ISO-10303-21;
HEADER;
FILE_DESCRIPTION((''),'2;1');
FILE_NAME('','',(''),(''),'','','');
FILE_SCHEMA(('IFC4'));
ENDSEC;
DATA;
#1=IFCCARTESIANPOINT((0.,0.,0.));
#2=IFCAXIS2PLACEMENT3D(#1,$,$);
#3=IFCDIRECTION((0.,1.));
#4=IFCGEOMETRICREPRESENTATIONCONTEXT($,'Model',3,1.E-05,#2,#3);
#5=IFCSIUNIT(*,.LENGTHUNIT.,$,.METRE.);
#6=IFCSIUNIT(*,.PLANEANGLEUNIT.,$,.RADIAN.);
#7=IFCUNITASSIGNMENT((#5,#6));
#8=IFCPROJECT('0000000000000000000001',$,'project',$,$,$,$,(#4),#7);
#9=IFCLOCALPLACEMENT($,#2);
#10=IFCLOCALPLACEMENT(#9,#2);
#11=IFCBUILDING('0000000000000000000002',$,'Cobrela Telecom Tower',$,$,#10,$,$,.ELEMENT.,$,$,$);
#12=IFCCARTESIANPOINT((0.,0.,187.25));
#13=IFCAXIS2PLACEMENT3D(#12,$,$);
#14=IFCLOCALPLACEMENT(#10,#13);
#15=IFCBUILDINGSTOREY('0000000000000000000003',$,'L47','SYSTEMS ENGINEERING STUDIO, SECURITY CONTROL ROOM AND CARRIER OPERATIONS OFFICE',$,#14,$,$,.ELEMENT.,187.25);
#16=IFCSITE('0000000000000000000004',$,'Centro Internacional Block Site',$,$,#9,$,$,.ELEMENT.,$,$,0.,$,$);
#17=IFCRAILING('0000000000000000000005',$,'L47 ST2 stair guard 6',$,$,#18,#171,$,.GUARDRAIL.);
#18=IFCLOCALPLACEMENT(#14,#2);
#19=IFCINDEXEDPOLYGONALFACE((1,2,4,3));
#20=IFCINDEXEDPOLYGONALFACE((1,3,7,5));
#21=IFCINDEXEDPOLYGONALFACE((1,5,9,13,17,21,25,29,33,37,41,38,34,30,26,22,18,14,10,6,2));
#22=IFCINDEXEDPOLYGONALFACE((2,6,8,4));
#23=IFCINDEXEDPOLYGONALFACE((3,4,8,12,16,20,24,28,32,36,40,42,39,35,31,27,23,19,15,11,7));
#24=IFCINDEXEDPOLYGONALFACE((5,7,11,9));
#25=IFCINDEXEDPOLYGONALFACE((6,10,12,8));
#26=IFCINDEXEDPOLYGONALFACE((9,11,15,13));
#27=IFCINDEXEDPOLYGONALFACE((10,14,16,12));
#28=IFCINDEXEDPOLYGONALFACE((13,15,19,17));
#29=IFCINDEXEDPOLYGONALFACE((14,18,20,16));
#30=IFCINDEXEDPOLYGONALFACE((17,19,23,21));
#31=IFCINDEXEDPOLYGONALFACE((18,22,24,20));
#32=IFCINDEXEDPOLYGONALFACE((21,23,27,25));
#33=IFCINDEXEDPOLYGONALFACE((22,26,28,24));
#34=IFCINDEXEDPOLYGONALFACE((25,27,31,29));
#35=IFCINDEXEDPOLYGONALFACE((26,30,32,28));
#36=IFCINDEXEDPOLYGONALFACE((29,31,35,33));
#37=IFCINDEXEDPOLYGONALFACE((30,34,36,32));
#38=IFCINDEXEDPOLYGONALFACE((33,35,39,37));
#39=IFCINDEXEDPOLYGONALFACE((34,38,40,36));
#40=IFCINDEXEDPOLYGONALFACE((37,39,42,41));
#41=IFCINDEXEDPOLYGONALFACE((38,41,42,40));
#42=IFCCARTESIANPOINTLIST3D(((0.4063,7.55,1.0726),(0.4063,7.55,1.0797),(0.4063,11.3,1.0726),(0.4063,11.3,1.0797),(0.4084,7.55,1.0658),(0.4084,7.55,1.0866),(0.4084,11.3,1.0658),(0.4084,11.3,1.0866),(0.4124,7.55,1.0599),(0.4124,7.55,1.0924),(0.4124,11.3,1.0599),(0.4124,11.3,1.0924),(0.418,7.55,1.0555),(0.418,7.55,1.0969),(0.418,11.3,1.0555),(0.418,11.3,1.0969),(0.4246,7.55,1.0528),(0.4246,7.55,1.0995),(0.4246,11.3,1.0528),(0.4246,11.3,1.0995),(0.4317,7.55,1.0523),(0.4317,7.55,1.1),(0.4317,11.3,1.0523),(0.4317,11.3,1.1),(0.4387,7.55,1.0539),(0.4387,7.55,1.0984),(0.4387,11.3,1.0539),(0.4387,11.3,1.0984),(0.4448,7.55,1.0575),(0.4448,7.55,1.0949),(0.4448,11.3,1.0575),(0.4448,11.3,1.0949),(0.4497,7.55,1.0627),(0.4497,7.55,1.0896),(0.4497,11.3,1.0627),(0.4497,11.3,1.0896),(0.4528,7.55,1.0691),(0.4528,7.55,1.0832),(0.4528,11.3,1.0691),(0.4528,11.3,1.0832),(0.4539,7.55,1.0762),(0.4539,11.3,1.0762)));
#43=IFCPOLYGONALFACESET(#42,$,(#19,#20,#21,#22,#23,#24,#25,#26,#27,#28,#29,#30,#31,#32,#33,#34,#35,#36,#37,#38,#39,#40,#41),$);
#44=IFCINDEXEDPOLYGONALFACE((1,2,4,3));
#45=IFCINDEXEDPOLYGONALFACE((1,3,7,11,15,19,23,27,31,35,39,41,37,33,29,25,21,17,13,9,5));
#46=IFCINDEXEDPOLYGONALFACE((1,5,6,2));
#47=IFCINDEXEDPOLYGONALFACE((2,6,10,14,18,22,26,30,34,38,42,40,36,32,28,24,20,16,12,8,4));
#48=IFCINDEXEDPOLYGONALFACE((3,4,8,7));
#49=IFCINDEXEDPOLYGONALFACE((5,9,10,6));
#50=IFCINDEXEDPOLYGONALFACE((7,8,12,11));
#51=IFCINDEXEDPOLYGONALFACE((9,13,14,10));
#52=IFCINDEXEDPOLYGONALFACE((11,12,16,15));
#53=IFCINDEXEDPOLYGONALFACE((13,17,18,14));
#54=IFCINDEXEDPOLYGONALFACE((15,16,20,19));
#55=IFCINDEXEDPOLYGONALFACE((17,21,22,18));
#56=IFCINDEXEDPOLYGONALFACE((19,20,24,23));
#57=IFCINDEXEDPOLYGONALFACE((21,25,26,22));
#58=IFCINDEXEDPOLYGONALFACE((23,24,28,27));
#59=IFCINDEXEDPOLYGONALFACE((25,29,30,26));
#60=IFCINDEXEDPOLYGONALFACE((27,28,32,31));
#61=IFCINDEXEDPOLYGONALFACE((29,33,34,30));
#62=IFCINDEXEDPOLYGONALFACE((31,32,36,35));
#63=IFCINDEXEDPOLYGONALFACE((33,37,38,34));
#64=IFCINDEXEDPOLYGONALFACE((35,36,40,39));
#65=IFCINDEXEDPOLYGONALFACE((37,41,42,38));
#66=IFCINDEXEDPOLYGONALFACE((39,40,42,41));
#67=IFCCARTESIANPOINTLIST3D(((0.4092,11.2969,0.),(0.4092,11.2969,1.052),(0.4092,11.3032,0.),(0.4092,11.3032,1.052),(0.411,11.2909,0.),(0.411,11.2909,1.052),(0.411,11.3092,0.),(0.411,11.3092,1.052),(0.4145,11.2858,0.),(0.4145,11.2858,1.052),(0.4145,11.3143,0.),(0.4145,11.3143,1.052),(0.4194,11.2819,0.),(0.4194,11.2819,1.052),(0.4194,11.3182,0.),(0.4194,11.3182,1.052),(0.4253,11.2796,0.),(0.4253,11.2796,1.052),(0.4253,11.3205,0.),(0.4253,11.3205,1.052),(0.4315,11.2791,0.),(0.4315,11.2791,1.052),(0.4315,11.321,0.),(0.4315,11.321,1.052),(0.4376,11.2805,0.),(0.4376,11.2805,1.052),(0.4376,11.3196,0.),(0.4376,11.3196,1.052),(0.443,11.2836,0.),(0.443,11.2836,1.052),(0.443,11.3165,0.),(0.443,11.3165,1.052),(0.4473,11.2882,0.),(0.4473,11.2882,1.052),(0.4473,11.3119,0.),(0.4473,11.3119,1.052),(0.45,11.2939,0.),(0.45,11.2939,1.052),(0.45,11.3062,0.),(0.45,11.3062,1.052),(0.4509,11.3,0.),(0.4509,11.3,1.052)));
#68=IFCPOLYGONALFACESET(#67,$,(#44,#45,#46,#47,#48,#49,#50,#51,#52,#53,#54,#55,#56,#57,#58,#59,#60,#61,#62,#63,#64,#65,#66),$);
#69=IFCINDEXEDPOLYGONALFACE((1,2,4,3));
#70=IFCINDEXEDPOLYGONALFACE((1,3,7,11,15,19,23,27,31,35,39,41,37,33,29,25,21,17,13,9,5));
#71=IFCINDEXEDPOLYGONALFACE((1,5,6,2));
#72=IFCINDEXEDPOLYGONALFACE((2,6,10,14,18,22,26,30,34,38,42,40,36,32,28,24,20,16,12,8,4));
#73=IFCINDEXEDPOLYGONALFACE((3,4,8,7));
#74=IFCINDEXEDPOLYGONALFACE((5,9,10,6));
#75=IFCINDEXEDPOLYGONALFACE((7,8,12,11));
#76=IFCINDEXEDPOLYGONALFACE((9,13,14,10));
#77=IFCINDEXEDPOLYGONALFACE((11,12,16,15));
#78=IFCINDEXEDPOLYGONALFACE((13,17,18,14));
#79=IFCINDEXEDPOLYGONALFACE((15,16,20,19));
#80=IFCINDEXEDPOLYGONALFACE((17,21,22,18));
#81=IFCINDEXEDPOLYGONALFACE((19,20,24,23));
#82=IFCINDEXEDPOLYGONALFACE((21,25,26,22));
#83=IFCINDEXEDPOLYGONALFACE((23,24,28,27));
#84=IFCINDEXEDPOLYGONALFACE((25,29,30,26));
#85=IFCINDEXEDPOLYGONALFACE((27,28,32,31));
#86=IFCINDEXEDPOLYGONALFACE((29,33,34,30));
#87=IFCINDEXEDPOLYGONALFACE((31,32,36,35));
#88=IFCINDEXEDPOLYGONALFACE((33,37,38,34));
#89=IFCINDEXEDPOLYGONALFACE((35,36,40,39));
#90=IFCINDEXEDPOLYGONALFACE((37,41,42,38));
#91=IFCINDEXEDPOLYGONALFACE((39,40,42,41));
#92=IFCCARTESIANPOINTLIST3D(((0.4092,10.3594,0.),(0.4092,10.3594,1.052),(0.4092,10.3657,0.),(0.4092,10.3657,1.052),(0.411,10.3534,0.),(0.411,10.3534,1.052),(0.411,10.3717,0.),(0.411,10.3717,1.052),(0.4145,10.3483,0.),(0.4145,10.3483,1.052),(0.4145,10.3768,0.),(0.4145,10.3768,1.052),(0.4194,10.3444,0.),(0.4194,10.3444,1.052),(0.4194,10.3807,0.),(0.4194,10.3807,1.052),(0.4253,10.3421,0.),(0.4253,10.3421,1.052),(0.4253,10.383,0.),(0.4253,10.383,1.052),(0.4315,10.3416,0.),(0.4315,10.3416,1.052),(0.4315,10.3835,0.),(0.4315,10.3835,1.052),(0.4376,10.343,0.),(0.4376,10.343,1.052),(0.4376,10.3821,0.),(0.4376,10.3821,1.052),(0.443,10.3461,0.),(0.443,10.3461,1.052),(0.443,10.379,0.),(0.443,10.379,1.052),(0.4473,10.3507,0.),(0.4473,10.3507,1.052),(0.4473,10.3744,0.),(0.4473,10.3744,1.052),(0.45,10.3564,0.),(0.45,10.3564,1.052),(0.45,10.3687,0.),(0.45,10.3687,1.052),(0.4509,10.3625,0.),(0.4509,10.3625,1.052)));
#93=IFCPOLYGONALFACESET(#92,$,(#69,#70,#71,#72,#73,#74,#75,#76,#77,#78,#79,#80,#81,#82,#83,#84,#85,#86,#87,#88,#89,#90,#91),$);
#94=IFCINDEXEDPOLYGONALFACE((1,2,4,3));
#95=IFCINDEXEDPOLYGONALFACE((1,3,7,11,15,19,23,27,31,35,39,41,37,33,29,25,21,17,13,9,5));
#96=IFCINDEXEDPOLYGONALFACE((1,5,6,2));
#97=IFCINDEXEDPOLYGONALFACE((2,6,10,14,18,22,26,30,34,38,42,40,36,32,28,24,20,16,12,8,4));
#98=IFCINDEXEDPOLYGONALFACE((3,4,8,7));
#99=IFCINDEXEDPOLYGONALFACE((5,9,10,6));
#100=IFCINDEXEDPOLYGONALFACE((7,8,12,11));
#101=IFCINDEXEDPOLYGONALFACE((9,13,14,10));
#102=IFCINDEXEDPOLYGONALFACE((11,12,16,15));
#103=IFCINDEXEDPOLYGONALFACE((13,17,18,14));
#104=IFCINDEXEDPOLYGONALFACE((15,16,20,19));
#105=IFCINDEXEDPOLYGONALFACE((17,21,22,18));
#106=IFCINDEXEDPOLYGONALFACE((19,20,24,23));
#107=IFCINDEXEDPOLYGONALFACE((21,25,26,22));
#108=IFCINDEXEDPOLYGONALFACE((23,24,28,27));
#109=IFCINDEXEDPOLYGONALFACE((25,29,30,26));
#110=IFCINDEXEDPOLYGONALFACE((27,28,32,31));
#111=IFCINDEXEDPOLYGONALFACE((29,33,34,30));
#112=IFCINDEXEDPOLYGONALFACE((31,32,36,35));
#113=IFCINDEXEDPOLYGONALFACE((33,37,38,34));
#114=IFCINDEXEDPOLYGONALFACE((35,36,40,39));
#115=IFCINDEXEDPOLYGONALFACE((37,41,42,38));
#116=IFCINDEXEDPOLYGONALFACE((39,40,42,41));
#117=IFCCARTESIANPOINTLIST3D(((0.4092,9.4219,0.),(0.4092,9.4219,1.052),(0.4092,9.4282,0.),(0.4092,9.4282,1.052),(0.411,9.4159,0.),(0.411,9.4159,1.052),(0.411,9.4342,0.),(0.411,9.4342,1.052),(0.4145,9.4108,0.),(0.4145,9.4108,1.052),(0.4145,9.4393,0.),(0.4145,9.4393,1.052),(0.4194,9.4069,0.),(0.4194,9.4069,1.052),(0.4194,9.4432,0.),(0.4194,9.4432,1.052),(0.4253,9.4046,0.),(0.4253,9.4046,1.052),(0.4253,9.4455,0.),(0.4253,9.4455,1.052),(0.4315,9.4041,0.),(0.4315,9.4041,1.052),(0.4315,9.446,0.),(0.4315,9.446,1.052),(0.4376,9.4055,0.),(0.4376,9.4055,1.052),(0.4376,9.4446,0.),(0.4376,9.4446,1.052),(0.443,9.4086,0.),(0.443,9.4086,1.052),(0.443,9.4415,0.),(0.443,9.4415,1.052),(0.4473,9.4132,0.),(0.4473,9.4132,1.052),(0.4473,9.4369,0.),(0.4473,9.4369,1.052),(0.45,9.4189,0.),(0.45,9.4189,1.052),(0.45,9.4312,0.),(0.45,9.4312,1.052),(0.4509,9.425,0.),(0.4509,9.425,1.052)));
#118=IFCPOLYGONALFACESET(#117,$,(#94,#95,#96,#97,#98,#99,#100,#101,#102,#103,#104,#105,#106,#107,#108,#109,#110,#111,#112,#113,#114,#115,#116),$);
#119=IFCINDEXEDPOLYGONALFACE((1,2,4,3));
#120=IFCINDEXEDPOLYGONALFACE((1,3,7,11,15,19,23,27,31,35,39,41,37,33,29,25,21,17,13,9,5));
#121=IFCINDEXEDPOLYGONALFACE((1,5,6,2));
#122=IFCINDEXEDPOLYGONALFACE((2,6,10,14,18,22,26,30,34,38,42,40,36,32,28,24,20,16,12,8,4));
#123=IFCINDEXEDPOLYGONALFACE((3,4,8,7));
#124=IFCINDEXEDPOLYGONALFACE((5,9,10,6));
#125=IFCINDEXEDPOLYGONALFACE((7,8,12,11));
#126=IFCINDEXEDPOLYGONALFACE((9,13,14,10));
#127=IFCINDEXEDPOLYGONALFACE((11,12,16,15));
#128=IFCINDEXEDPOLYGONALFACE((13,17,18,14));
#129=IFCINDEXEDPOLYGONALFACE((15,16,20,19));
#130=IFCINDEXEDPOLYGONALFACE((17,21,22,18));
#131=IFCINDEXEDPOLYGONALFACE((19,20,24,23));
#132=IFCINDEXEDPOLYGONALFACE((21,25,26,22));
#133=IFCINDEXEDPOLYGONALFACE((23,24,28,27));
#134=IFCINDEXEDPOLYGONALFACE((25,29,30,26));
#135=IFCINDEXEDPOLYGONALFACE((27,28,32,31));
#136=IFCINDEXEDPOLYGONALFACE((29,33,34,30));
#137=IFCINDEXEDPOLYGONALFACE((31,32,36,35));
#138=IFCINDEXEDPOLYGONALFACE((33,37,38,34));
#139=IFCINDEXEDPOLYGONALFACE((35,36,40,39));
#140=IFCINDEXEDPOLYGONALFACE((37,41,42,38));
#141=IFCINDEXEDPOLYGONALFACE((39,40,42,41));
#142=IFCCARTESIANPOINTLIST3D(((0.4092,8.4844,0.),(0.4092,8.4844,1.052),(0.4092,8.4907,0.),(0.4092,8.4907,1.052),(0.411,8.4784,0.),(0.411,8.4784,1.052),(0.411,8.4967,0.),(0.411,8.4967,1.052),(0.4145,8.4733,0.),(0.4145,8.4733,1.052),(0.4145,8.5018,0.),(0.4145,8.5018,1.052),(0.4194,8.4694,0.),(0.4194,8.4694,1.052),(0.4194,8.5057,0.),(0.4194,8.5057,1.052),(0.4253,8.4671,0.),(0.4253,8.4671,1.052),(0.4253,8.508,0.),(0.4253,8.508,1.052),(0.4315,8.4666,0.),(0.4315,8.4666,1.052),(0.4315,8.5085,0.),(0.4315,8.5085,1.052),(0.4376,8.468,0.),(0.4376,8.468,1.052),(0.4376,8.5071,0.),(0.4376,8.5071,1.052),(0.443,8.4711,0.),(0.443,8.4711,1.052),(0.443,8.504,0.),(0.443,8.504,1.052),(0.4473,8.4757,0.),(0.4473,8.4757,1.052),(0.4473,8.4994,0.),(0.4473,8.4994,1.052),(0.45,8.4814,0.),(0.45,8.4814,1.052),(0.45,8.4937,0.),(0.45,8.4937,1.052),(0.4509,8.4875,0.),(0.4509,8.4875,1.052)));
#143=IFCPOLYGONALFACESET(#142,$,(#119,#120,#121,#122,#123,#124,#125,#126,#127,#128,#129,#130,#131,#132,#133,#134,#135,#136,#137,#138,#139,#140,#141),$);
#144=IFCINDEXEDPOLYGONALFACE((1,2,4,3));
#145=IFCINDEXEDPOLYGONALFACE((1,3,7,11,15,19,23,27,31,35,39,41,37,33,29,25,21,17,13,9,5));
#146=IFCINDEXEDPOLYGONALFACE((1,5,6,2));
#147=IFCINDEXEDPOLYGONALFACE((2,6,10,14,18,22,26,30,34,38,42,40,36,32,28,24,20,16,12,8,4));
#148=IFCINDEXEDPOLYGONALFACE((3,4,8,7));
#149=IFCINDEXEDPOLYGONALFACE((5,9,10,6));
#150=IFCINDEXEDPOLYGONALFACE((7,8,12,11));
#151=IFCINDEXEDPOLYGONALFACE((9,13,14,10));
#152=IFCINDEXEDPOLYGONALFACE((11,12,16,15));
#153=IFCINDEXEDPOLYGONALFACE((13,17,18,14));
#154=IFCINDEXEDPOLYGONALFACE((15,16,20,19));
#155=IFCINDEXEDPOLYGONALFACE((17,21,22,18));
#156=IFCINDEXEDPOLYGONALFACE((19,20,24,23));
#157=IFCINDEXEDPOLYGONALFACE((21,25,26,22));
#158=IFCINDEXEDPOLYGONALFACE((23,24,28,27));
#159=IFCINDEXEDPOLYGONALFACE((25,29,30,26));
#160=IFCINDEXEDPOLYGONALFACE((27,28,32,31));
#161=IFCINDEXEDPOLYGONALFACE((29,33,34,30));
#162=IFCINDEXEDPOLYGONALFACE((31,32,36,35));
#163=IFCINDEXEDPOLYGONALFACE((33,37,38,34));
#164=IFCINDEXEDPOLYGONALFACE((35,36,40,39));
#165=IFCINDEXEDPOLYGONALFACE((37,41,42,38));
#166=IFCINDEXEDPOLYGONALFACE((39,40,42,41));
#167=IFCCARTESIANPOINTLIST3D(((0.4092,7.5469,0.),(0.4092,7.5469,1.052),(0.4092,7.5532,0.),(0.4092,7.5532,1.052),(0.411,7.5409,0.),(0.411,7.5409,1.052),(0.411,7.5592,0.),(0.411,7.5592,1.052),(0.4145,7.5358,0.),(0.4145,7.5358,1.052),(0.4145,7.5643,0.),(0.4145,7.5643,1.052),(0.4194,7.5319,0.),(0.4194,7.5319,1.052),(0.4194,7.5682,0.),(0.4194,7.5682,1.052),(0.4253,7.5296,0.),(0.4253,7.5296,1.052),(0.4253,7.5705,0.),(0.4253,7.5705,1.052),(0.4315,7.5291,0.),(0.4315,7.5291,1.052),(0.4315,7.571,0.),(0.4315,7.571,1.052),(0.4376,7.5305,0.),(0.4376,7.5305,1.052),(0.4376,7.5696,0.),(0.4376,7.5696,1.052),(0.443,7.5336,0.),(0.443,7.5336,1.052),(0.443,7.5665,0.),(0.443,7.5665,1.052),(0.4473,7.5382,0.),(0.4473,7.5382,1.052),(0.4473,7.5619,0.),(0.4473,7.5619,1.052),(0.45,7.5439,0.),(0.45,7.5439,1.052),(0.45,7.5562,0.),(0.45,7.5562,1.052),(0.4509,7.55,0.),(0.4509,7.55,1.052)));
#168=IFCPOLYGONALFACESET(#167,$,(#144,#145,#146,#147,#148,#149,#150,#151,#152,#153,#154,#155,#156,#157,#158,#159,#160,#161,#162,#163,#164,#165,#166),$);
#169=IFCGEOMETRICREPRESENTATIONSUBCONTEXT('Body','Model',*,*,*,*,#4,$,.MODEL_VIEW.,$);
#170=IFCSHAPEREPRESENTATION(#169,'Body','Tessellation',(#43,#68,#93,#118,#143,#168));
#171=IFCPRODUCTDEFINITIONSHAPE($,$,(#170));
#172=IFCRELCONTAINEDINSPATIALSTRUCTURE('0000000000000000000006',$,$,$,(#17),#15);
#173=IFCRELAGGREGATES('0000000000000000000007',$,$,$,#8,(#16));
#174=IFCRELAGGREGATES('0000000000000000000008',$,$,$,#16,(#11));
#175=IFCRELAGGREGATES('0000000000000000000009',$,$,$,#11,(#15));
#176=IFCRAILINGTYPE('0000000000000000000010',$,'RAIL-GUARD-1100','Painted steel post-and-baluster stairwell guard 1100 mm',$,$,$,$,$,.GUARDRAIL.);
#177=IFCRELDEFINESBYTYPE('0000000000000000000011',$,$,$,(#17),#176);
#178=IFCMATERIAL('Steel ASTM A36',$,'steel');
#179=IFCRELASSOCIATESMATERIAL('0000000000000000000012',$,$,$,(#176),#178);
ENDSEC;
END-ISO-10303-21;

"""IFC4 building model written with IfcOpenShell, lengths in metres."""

from ifc_helpers import new_model, si_unit, direction, frame, origin, origin_2d, place, context, subcontext, project, spatial, circle, extrude, material, type_object, element, save


model = new_model("IFC4")

# Units and contexts
model_context = context("Model", 3, precision=1e-05, world=origin(), true_north=direction((0.0, 1.0)))
body_context = subcontext(model_context, "Body", "Model", "MODEL_VIEW")
ifc_project = project(units=[si_unit("LENGTHUNIT", "METRE"), si_unit("PLANEANGLEUNIT", "RADIAN")], contexts=[model_context])

# Site, building, storey
site_placement = place(None, origin())
site = spatial("IfcSite", under=ifc_project, at=site_placement, Name="Centro Internacional Block Site", CompositionType="ELEMENT", RefElevation=0.0)
building_placement = place(site_placement, origin())
building = spatial("IfcBuilding", under=site, at=building_placement, Name="Cobrela Telecom Tower", CompositionType="ELEMENT")
storey_placement = place(building_placement, frame((0.0, 0.0, 187.25)))
storey = spatial("IfcBuildingStorey", under=building, at=storey_placement, Name="L47", Description="SYSTEMS ENGINEERING STUDIO, SECURITY CONTROL ROOM AND CARRIER OPERATIONS OFFICE", CompositionType="ELEMENT", Elevation=187.25)

# Shared definitions
ifc_material_1 = material(Name="Steel ASTM A36", Category="steel")

# Railing
railing_type = type_object("IfcRailingType", Name="RAIL-GUARD-1100", Description="Painted steel post-and-baluster stairwell guard 1100 mm", PredefinedType="GUARDRAIL", material=ifc_material_1)
railing_1_placement = place(storey_placement, frame((0.4299, 11.3, 0.0)))
element("IfcRailing", 1, at=railing_1_placement, inside=storey, type_object=railing_type, Name="L47 ST2 stair guard 6", PredefinedType="GUARDRAIL", context=body_context, shape_type="SweptSolid", body=[
    extrude(circle(Radius=0.0239, at=origin_2d()), frame((0.0, 0.0, 1.0762), z_axis=(0.0, -1.0, 0.0), x_axis=(1.0, 0.0, 0.0)), (0.0, 0.0, 1.0), 3.75),
    extrude(circle(Radius=0.021, at=origin_2d()), origin(), (0.0, 0.0, 1.0), 1.052),
    extrude(circle(Radius=0.021, at=origin_2d()), frame((0.0, -0.9375, 0.0)), (0.0, 0.0, 1.0), 1.052),
    extrude(circle(Radius=0.021, at=origin_2d()), frame((0.0, -1.875, 0.0)), (0.0, 0.0, 1.0), 1.052),
    extrude(circle(Radius=0.021, at=origin_2d()), frame((0.0, -2.8125, 0.0)), (0.0, 0.0, 1.0), 1.052),
    extrude(circle(Radius=0.021, at=origin_2d()), frame((0.0, -3.75, 0.0)), (0.0, 0.0, 1.0), 1.052),
])

save(model, "model.ifc")
